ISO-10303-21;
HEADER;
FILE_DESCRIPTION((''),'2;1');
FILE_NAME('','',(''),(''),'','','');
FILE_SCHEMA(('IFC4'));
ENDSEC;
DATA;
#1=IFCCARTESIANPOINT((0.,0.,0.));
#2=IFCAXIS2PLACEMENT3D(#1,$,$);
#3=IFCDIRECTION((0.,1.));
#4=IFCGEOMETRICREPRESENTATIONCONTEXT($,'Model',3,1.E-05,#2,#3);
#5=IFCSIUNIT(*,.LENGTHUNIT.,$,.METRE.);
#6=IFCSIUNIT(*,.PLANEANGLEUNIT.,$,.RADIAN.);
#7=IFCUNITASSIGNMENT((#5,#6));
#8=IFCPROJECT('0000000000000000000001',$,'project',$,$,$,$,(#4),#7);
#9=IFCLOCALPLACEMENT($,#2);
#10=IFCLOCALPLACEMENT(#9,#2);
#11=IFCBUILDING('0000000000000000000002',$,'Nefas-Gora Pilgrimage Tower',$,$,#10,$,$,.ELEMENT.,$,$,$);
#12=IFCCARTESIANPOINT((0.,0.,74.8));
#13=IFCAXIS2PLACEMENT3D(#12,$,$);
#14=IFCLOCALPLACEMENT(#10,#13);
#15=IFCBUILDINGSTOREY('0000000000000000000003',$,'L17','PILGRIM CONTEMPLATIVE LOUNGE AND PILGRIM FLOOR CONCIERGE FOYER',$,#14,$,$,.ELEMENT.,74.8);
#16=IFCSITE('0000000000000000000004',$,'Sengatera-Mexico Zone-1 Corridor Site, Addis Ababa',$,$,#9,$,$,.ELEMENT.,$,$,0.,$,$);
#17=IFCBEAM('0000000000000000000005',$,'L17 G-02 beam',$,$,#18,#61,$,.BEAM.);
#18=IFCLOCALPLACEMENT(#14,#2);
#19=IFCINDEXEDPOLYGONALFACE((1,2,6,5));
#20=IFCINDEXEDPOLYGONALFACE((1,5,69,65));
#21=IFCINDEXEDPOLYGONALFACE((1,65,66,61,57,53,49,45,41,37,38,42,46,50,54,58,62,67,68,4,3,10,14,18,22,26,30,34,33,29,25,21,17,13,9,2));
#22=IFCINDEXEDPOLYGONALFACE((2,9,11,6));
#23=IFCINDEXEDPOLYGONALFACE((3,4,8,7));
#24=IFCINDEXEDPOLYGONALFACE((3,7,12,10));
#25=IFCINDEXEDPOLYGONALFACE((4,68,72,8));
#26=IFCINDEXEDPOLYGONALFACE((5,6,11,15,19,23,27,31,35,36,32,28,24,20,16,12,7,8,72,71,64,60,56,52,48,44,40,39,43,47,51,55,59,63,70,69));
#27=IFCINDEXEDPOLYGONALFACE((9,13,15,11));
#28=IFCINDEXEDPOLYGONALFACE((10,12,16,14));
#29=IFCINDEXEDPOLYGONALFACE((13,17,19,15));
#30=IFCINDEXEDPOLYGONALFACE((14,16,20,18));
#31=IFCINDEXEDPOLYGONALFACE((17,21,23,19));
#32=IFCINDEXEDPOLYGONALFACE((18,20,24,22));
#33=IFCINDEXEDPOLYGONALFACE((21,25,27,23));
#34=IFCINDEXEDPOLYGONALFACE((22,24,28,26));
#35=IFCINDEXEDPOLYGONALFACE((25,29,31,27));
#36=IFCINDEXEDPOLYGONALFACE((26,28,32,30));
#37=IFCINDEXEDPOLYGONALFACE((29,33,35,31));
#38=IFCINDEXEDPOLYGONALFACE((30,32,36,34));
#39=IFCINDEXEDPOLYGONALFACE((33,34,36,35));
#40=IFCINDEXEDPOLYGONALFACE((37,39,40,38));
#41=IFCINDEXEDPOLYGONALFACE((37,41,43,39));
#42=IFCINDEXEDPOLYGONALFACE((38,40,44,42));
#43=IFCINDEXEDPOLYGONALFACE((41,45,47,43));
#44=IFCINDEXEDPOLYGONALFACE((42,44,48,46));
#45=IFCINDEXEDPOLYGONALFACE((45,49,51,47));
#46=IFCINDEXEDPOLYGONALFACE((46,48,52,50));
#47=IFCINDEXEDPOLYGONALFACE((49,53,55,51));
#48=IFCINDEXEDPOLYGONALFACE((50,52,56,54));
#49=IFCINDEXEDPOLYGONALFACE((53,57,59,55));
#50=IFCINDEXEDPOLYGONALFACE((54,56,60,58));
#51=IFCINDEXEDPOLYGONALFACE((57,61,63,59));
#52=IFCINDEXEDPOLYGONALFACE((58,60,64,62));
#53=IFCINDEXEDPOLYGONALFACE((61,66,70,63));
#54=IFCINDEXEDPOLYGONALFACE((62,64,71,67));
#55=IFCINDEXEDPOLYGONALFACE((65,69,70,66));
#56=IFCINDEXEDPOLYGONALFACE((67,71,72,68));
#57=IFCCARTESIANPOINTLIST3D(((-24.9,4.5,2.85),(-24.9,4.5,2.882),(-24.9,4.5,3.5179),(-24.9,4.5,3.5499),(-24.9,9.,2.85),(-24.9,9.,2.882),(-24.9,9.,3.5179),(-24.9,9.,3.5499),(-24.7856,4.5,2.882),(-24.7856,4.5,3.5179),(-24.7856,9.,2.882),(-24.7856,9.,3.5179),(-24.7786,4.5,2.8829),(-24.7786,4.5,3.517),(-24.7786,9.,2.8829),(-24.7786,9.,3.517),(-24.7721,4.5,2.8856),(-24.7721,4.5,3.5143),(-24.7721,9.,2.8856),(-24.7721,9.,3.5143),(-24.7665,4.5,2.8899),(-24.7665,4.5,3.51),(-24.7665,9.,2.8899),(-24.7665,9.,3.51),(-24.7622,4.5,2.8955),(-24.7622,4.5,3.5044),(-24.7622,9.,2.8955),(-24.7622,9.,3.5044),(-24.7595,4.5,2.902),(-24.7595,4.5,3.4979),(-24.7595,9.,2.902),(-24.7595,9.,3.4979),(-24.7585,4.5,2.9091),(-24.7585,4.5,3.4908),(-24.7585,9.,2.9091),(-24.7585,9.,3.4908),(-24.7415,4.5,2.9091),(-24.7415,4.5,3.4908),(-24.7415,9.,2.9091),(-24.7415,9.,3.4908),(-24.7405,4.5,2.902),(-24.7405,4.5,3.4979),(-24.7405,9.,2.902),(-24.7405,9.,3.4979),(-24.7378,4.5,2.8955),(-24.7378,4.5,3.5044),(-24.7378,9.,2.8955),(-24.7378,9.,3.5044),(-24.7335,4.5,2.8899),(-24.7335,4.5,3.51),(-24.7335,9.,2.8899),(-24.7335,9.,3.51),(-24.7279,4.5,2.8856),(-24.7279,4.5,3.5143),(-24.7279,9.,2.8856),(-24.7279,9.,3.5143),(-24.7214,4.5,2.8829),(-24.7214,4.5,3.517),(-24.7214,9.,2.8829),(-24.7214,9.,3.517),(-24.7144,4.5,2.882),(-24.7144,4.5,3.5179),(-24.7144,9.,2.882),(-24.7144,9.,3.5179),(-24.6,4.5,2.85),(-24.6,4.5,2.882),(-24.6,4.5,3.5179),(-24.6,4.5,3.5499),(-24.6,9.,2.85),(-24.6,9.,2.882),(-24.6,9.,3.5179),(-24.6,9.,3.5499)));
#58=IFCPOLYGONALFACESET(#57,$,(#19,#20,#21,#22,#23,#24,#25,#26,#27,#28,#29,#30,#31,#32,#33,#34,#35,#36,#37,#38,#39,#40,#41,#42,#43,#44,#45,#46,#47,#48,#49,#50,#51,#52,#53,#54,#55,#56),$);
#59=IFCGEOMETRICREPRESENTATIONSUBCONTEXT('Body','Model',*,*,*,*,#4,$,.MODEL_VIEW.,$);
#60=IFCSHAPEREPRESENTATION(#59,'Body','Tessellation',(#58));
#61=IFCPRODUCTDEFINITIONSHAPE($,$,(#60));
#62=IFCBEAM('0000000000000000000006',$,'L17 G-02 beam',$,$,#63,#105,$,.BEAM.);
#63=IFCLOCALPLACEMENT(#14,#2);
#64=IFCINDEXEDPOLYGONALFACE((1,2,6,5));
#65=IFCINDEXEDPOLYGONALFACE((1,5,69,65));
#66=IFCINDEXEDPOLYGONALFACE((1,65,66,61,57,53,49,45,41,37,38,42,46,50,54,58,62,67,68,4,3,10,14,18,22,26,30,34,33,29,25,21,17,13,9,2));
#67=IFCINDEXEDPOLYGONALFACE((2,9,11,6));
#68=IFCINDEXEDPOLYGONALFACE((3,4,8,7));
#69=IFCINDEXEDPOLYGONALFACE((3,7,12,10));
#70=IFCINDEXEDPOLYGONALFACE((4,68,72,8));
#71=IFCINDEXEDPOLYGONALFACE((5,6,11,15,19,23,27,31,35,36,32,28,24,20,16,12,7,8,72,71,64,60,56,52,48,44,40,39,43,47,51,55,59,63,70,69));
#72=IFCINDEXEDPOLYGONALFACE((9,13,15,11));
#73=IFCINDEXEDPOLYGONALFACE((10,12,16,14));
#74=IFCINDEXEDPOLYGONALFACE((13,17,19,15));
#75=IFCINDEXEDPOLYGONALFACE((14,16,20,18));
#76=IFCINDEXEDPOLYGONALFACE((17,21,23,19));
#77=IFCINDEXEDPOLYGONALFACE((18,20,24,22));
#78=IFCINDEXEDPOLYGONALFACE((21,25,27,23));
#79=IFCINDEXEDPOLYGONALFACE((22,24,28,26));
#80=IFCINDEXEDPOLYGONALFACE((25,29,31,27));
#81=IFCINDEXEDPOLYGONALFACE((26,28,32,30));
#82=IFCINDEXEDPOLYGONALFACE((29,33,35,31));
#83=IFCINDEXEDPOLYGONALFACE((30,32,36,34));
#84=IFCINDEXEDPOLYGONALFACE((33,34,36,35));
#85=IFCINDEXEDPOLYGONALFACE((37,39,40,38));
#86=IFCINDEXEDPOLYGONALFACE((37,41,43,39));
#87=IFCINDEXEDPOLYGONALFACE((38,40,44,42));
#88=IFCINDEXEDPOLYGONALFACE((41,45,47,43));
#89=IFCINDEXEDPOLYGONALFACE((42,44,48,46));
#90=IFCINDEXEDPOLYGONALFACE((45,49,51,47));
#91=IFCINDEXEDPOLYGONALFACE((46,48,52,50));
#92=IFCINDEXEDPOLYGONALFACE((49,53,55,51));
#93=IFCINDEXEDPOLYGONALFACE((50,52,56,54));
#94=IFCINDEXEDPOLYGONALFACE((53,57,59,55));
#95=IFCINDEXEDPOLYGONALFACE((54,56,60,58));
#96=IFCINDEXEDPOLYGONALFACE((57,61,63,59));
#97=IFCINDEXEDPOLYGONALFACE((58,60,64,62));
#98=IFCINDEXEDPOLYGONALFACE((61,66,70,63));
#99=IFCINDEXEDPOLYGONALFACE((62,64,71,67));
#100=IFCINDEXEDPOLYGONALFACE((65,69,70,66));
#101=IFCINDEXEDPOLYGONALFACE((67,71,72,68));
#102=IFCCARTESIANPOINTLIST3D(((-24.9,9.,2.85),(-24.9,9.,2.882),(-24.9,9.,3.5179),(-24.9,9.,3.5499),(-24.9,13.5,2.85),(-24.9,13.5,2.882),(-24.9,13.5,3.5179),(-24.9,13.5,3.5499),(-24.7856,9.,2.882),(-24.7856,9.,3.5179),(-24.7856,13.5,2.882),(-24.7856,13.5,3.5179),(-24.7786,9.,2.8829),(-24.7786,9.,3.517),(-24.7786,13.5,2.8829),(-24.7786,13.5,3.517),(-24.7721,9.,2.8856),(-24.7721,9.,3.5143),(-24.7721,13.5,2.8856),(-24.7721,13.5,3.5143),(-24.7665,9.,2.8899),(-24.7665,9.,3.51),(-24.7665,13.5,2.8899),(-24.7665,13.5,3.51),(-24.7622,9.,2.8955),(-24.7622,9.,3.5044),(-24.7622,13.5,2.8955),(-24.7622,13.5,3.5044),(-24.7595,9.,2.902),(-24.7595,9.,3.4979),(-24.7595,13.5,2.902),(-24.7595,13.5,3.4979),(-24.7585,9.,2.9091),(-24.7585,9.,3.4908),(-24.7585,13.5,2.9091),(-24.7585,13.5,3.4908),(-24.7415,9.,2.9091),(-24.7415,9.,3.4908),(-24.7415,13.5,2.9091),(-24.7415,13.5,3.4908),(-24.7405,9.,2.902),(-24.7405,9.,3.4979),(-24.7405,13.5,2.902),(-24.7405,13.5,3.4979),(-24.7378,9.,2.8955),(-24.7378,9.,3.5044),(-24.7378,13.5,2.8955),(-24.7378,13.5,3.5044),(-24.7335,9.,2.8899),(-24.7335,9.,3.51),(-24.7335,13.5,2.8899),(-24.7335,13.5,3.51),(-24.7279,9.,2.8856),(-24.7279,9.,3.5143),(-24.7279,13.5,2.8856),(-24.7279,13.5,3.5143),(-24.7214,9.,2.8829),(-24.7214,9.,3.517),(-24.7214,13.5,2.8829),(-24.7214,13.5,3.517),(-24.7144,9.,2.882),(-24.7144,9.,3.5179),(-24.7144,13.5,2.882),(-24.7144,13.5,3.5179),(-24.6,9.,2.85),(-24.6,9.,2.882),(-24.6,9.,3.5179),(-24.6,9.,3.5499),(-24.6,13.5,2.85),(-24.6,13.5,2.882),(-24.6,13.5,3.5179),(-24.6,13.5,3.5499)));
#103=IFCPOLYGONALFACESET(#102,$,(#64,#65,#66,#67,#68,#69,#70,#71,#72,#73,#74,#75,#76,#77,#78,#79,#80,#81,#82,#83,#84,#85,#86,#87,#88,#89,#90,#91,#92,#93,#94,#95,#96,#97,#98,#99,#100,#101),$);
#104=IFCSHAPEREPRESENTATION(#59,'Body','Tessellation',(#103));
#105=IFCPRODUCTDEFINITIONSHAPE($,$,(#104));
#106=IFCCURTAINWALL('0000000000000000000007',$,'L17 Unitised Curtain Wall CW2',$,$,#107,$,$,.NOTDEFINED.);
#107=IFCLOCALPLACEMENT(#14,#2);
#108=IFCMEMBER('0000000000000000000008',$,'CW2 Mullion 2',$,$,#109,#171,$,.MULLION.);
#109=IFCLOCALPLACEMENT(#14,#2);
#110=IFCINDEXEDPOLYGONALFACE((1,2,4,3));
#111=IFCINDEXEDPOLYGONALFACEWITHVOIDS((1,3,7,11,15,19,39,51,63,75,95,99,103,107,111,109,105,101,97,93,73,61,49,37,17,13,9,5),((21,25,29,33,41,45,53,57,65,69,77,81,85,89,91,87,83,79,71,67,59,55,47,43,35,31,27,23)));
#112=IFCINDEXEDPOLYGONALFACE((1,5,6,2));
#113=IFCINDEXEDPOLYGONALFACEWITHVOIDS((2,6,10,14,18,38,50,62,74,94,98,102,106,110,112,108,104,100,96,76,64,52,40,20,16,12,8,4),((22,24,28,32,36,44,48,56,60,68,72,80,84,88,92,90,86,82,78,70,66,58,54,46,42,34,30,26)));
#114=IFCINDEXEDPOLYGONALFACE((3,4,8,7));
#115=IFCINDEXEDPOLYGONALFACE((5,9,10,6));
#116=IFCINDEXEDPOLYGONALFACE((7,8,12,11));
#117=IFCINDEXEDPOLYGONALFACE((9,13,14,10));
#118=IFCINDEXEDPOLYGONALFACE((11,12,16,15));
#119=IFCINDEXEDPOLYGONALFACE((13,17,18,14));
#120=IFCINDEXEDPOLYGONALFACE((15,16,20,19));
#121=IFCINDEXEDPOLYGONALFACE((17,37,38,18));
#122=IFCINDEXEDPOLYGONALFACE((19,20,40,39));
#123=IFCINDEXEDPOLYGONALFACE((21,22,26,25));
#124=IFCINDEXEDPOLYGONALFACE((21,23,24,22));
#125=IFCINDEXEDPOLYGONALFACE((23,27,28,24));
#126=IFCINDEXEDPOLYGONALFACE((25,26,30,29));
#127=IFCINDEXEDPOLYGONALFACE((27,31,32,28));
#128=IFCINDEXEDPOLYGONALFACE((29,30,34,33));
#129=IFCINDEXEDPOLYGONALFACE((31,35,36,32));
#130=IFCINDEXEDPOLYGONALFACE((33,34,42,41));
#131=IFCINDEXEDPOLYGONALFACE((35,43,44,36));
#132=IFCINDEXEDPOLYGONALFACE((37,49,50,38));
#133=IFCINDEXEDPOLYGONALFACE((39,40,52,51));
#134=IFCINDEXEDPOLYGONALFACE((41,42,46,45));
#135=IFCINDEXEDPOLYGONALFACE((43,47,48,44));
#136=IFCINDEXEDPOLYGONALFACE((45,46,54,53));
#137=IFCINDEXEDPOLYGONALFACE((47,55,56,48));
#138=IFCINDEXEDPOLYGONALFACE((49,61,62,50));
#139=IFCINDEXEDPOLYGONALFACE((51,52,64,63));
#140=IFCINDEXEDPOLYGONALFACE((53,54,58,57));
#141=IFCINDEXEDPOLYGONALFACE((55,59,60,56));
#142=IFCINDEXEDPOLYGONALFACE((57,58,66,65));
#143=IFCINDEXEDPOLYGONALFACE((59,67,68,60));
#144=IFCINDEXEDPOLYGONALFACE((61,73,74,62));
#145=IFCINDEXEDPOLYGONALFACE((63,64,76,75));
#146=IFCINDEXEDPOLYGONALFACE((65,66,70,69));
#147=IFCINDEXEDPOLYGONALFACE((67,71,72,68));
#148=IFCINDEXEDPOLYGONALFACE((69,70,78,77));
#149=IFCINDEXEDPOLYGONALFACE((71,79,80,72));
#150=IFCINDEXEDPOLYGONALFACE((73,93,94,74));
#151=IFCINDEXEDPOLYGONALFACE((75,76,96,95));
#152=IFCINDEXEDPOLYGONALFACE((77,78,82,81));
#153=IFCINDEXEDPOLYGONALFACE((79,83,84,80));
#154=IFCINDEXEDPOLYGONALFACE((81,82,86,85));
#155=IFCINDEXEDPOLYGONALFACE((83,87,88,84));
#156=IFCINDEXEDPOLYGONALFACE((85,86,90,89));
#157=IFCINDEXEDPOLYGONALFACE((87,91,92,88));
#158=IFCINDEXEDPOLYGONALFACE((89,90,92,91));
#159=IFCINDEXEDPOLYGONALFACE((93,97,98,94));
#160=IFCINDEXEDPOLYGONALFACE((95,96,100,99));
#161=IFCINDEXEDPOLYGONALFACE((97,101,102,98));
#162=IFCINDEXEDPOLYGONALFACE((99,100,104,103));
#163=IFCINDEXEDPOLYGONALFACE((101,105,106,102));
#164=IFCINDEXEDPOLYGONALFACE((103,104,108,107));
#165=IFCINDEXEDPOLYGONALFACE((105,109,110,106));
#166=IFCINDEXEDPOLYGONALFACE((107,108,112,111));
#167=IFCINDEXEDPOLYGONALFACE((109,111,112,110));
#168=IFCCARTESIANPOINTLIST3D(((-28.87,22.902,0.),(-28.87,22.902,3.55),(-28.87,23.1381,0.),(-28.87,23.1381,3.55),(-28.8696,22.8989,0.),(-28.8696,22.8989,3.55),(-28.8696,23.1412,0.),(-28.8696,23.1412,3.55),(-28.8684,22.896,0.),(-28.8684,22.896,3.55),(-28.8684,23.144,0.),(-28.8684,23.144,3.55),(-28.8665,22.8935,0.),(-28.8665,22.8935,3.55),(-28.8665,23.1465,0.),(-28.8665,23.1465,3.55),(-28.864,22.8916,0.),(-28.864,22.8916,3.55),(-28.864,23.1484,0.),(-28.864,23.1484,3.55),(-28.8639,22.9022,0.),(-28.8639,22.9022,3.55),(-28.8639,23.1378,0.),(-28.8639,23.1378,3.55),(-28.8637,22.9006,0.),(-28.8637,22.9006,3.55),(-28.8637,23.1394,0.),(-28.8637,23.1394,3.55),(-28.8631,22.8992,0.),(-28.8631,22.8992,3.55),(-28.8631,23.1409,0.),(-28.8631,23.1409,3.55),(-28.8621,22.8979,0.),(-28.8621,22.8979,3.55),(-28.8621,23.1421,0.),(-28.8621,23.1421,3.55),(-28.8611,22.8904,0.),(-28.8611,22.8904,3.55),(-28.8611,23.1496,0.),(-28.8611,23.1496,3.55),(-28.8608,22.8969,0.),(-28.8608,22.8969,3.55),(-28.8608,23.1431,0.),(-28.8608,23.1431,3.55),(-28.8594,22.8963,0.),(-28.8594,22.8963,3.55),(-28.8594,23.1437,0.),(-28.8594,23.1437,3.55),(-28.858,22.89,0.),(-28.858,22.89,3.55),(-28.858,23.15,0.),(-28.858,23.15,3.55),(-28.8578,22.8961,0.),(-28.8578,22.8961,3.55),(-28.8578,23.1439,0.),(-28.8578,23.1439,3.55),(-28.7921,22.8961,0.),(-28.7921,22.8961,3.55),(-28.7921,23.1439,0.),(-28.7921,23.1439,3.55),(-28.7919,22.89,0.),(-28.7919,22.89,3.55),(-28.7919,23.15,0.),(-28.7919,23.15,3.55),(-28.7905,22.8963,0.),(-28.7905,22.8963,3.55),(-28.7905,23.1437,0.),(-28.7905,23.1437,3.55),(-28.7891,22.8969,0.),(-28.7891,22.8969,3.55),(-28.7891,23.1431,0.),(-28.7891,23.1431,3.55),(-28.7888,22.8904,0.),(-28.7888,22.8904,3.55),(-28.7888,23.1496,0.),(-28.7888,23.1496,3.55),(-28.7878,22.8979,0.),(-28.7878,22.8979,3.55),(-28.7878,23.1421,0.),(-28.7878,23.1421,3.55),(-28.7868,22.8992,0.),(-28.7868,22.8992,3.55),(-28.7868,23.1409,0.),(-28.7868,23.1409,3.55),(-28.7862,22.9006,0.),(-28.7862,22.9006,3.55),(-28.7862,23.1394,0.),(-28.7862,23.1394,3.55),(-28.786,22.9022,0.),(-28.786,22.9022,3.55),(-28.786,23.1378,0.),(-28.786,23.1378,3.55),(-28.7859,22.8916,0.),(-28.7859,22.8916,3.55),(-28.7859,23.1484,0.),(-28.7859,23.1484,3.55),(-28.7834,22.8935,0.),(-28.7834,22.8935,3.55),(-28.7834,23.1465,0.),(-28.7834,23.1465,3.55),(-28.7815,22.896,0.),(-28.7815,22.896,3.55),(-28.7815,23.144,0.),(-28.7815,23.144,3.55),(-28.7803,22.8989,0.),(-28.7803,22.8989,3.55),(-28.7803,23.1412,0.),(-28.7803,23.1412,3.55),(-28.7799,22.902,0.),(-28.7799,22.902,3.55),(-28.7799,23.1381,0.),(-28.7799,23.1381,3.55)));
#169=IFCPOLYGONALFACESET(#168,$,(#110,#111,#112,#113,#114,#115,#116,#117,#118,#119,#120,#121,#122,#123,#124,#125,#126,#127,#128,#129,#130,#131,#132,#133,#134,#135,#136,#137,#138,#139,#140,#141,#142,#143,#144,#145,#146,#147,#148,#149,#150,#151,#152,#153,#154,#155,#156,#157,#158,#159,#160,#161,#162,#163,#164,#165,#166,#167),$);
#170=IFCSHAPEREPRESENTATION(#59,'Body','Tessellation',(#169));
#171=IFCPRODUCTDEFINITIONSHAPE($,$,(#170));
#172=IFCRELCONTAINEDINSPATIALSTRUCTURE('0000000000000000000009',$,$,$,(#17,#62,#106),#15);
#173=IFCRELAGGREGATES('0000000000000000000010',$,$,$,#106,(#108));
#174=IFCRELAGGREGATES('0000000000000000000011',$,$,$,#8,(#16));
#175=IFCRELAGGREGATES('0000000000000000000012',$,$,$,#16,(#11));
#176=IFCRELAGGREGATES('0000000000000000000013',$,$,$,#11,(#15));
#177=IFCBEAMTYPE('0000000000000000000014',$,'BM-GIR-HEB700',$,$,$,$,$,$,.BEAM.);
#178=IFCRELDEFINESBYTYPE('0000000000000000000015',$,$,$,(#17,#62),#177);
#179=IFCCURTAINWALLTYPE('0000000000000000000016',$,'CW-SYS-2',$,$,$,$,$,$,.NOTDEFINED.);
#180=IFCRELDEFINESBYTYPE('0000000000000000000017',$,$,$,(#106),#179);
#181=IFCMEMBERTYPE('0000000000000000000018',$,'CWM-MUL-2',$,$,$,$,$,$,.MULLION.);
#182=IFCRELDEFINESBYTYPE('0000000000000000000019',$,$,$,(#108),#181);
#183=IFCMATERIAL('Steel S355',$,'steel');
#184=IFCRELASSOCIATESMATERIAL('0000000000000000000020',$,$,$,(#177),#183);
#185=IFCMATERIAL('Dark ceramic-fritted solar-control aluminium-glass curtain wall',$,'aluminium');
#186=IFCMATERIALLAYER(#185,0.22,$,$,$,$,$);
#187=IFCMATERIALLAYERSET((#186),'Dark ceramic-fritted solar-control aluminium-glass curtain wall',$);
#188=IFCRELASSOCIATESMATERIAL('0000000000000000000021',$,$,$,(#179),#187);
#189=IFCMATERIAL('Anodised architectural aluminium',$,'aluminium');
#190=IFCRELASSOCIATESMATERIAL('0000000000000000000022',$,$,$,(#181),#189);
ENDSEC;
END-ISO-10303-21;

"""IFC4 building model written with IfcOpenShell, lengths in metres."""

from ifc_helpers import new_model, si_unit, direction, frame, origin, origin_2d, place, context, subcontext, project, spatial, hollow_rectangle, i_section, extrude, source, transform, mapped, material, layer, layer_set, material_profile, profile_set, type_object, element, aggregate, save


model = new_model("IFC4")

# Units and contexts
model_context = context("Model", 3, precision=1e-05, world=origin(), true_north=direction((0.0, 1.0)))
body_context = subcontext(model_context, "Body", "Model", "MODEL_VIEW")
ifc_project = project(units=[si_unit("LENGTHUNIT", "METRE"), si_unit("PLANEANGLEUNIT", "RADIAN")], contexts=[model_context])

# Site, building, storey
site_placement = place(None, origin())
site = spatial("IfcSite", under=ifc_project, at=site_placement, Name="Sengatera-Mexico Zone-1 Corridor Site, Addis Ababa", CompositionType="ELEMENT", RefElevation=0.0)
building_placement = place(site_placement, origin())
building = spatial("IfcBuilding", under=site, at=building_placement, Name="Nefas-Gora Pilgrimage Tower", CompositionType="ELEMENT")
storey_placement = place(building_placement, frame((0.0, 0.0, 74.8)))
storey = spatial("IfcBuildingStorey", under=building, at=storey_placement, Name="L17", Description="PILGRIM CONTEMPLATIVE LOUNGE AND PILGRIM FLOOR CONCIERGE FOYER", CompositionType="ELEMENT", Elevation=74.8)

# Beams
ifc_material_1 = material(Name="Steel S355", Category="steel")
ifc_material_profile_1 = material_profile(ifc_material_1, i_section(OverallWidth=0.3, OverallDepth=0.7, WebThickness=0.0171, FlangeThickness=0.032, FilletRadius=0.0271, at=origin_2d()), Name="HEB 700")
ifc_profile_set_1 = profile_set([ifc_material_profile_1], Name="Steel S355")
beam_type_1 = type_object("IfcBeamType", Name="BM-GIR-HEB700", PredefinedType="BEAM", material=ifc_profile_set_1)
shared_shape_1 = source(origin(), body_context, "Body", "SweptSolid", [
    extrude(i_section(OverallWidth=0.3, OverallDepth=0.7, WebThickness=0.0171, FlangeThickness=0.032, FilletRadius=0.0271, at=origin_2d()), origin(), (0.0, 0.0, 1.0), 4.5),
])
for number, where, z_axis, x_axis, name in (
    (1, (-24.75, 4.5, 3.2), (0.0, 1.0, 0.0), (-1.0, 0.0, 0.0), "L17 G-02 beam"),
    (2, (-24.75, 9.0, 3.2), (0.0, 1.0, 0.0), (-1.0, 0.0, 0.0), "L17 G-02 beam"),
):
    element("IfcBeam", number, at=place(storey_placement, frame(where, z_axis=z_axis, x_axis=x_axis)), inside=storey, type_object=beam_type_1, Name=name, PredefinedType="BEAM", context=body_context, shape_type="MappedRepresentation", body=[
        mapped(shared_shape_1, transform((0.0, 0.0, 0.0), x_axis=(1.0, 0.0, 0.0), y_axis=(0.0, 1.0, 0.0), z_axis=(0.0, 0.0, 1.0), scale=1.0)),
    ])

# Curtain wall, member
ifc_material_2 = material(Name="Dark ceramic-fritted solar-control aluminium-glass curtain wall", Category="aluminium")
ifc_layer_1 = layer(ifc_material_2, 0.22)
ifc_layer_set_1 = layer_set([ifc_layer_1], Name="Dark ceramic-fritted solar-control aluminium-glass curtain wall")
curtain_wall_type = type_object("IfcCurtainWallType", Name="CW-SYS-2", PredefinedType="NOTDEFINED", material=ifc_layer_set_1)
curtain_wall_1_placement = place(storey_placement, origin())
curtain_wall_1 = element("IfcCurtainWall", 3, at=curtain_wall_1_placement, inside=storey, type_object=curtain_wall_type, Name="L17 Unitised Curtain Wall CW2", PredefinedType="NOTDEFINED")
ifc_material_3 = material(Name="Anodised architectural aluminium", Category="aluminium")
ifc_material_profile_2 = material_profile(ifc_material_3, hollow_rectangle(XDim=0.0901, YDim=0.26, WallThickness=0.0061, InnerFilletRadius=0.0061, OuterFilletRadius=0.012, at=origin_2d()), Name="ALU MULLION 90x260")
ifc_profile_set_2 = profile_set([ifc_material_profile_2], Name="Anodised architectural aluminium")
member_type_1 = type_object("IfcMemberType", Name="CWM-MUL-2", PredefinedType="MULLION", material=ifc_profile_set_2)
shared_shape_2 = source(origin(), body_context, "Body", "SweptSolid", [
    extrude(hollow_rectangle(XDim=0.0901, YDim=0.26, WallThickness=0.0061, InnerFilletRadius=0.0061, OuterFilletRadius=0.012, at=origin_2d()), origin(), (0.0, 0.0, 1.0), 3.55),
])
member_1_placement = place(storey_placement, frame((-28.825, 23.02, 0.0), z_axis=(0.0, 0.0, 1.0), x_axis=(-1.0, 0.0, 0.0)))
member_1 = element("IfcMember", 4, at=member_1_placement, type_object=member_type_1, Name="CW2 Mullion 2", PredefinedType="MULLION", context=body_context, shape_type="MappedRepresentation", body=[
    mapped(shared_shape_2, transform((0.0, 0.0, 0.0), x_axis=(1.0, 0.0, 0.0), y_axis=(0.0, 1.0, 0.0), z_axis=(0.0, 0.0, 1.0), scale=1.0)),
])
aggregate(curtain_wall_1, [member_1])

save(model, "model.ifc")
